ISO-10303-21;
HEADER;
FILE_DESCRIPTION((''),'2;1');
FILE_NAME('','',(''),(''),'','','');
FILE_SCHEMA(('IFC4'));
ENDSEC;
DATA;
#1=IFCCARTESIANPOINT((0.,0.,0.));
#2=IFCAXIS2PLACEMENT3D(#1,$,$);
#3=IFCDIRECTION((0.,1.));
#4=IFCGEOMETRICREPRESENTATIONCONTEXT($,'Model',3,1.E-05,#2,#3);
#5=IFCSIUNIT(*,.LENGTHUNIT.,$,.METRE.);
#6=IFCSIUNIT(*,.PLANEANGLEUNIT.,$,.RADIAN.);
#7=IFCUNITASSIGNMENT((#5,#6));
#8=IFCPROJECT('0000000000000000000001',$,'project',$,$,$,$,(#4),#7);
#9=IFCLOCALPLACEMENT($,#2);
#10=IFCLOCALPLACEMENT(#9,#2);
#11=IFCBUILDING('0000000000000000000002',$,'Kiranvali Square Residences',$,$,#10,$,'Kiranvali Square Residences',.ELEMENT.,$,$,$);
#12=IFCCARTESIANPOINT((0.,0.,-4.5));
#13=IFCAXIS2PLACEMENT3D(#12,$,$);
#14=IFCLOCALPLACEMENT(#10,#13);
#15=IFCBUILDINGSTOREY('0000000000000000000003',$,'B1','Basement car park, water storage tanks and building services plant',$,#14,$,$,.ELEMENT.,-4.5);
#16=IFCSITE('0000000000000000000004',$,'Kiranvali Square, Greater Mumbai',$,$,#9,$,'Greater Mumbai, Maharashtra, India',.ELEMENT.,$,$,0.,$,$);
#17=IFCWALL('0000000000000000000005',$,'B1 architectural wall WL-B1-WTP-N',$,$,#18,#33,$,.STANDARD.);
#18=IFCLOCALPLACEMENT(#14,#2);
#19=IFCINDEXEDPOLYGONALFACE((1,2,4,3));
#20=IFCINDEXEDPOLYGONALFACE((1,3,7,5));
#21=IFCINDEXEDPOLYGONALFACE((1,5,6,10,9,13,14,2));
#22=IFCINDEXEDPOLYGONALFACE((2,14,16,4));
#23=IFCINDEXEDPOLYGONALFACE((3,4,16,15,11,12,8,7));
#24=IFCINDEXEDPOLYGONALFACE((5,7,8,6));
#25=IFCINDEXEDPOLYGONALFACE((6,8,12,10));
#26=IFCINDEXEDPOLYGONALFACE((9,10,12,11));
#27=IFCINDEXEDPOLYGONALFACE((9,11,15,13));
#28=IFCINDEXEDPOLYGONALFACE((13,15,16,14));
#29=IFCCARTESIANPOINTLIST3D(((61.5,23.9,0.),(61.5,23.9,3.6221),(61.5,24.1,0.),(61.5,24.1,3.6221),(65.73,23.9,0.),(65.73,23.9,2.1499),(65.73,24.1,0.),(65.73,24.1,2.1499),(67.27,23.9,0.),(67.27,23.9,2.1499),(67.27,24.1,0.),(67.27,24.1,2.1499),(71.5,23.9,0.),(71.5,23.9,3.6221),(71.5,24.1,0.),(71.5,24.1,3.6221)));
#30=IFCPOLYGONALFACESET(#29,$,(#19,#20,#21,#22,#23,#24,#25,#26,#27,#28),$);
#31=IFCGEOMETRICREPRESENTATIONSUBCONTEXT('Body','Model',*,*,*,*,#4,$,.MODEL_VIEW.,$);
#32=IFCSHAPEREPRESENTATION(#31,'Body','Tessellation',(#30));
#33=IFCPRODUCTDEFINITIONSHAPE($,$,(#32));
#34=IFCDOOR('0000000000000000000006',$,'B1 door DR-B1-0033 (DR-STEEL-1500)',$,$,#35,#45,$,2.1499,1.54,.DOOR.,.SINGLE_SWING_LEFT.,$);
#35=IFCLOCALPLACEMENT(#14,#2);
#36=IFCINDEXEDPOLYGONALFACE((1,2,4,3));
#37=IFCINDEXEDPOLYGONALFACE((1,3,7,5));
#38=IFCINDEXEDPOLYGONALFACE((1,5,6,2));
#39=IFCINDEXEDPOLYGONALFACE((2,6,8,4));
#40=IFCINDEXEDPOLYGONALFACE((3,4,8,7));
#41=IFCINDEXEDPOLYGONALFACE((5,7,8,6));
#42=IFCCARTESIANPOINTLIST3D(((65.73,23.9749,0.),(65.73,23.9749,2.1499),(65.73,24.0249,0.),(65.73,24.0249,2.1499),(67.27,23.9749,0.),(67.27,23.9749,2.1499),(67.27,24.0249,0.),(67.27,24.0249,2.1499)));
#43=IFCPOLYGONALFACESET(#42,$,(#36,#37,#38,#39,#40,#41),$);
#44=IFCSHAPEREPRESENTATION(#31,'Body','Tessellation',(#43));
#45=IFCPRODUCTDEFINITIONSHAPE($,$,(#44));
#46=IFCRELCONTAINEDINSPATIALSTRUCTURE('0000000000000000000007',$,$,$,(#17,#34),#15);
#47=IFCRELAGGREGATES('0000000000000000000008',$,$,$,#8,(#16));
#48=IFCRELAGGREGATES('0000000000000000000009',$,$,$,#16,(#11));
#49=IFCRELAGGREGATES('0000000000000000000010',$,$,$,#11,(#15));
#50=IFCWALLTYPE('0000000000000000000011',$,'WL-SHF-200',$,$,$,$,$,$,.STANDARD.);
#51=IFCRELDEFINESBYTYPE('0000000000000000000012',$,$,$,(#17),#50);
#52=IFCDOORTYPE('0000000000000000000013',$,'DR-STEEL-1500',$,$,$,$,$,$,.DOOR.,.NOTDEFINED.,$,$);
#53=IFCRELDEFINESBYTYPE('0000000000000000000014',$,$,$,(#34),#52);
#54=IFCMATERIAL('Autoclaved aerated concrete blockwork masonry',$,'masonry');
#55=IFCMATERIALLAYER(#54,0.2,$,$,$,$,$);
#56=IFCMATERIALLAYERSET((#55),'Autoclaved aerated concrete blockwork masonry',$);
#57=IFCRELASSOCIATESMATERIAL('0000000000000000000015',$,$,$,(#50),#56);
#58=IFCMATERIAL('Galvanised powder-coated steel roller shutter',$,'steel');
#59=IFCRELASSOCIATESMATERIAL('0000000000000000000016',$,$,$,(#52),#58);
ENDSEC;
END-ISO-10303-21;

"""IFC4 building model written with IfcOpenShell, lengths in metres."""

from ifc_helpers import new_model, si_unit, direction, frame, frame_2d, origin, place, context, subcontext, project, spatial, rectangle, extrude, material, layer, layer_set, type_object, element, fill, save


model = new_model("IFC4")

# Units and contexts
model_context = context("Model", 3, precision=1e-05, world=origin(), true_north=direction((0.0, 1.0)))
body_context = subcontext(model_context, "Body", "Model", "MODEL_VIEW")
ifc_project = project(units=[si_unit("LENGTHUNIT", "METRE"), si_unit("PLANEANGLEUNIT", "RADIAN")], contexts=[model_context])

# Site, building, storey
site_placement = place(None, origin())
site = spatial("IfcSite", under=ifc_project, at=site_placement, Name="Kiranvali Square, Greater Mumbai", LongName="Greater Mumbai, Maharashtra, India", CompositionType="ELEMENT", RefElevation=0.0)
building_placement = place(site_placement, origin())
building = spatial("IfcBuilding", under=site, at=building_placement, Name="Kiranvali Square Residences", LongName="Kiranvali Square Residences", CompositionType="ELEMENT")
storey_placement = place(building_placement, frame((0.0, 0.0, -4.5)))
storey = spatial("IfcBuildingStorey", under=building, at=storey_placement, Name="B1", Description="Basement car park, water storage tanks and building services plant", CompositionType="ELEMENT", Elevation=-4.5)

# Wall, opening, door
ifc_material_1 = material(Name="Autoclaved aerated concrete blockwork masonry", Category="masonry")
ifc_layer = layer(ifc_material_1, 0.2)
ifc_layer_set = layer_set([ifc_layer], Name="Autoclaved aerated concrete blockwork masonry")
wall_type = type_object("IfcWallType", Name="WL-SHF-200", PredefinedType="STANDARD", material=ifc_layer_set)
wall_placement = place(storey_placement, frame((71.5, 24.0, 0.0), z_axis=(0.0, 0.0, 1.0), x_axis=(-1.0, 0.0, 0.0)))
wall = element("IfcWall", 1, at=wall_placement, inside=storey, type_object=wall_type, Name="B1 architectural wall WL-B1-WTP-N", PredefinedType="STANDARD", context=body_context, shape_type="SweptSolid", body=[
    extrude(rectangle(XDim=10.0, YDim=0.2, at=frame_2d((5.0, 0.0))), origin(), (0.0, 0.0, 1.0), 3.6221),
])
opening_placement = place(wall_placement, frame((4.23, 0.0, 0.0)))
opening = element("IfcOpeningElement", 2, at=opening_placement, cuts=wall, PredefinedType="OPENING", context=body_context, shape_type="SweptSolid", body=[
    extrude(rectangle(XDim=1.54, YDim=2.1499, at=frame_2d((0.77, 1.075))), frame((0.0, 0.1099, 0.0), z_axis=(0.0, -1.0, 0.0), x_axis=(1.0, 0.0, 0.0)), (0.0, 0.0, 1.0), 0.22),
])
ifc_material_2 = material(Name="Galvanised powder-coated steel roller shutter", Category="steel")
door_type = type_object("IfcDoorType", Name="DR-STEEL-1500", OperationType="NOTDEFINED", PredefinedType="DOOR", material=ifc_material_2)
door_placement = place(opening_placement, frame((1.54, 0.0, 0.0), z_axis=(0.0, 0.0, 1.0), x_axis=(-1.0, 0.0, 0.0)))
door = element("IfcDoor", 3, at=door_placement, inside=storey, type_object=door_type, Name="B1 door DR-B1-0033 (DR-STEEL-1500)", OperationType="SINGLE_SWING_LEFT", OverallHeight=2.1499, OverallWidth=1.54, PredefinedType="DOOR", context=body_context, shape_type="SweptSolid", body=[
    extrude(rectangle(XDim=1.54, YDim=2.1499, at=frame_2d((0.77, 1.075))), frame((0.0, 0.0249, 0.0), z_axis=(0.0, -1.0, 0.0), x_axis=(1.0, 0.0, 0.0)), (0.0, 0.0, 1.0), 0.05),
])
fill(opening, door)

save(model, "model.ifc")
